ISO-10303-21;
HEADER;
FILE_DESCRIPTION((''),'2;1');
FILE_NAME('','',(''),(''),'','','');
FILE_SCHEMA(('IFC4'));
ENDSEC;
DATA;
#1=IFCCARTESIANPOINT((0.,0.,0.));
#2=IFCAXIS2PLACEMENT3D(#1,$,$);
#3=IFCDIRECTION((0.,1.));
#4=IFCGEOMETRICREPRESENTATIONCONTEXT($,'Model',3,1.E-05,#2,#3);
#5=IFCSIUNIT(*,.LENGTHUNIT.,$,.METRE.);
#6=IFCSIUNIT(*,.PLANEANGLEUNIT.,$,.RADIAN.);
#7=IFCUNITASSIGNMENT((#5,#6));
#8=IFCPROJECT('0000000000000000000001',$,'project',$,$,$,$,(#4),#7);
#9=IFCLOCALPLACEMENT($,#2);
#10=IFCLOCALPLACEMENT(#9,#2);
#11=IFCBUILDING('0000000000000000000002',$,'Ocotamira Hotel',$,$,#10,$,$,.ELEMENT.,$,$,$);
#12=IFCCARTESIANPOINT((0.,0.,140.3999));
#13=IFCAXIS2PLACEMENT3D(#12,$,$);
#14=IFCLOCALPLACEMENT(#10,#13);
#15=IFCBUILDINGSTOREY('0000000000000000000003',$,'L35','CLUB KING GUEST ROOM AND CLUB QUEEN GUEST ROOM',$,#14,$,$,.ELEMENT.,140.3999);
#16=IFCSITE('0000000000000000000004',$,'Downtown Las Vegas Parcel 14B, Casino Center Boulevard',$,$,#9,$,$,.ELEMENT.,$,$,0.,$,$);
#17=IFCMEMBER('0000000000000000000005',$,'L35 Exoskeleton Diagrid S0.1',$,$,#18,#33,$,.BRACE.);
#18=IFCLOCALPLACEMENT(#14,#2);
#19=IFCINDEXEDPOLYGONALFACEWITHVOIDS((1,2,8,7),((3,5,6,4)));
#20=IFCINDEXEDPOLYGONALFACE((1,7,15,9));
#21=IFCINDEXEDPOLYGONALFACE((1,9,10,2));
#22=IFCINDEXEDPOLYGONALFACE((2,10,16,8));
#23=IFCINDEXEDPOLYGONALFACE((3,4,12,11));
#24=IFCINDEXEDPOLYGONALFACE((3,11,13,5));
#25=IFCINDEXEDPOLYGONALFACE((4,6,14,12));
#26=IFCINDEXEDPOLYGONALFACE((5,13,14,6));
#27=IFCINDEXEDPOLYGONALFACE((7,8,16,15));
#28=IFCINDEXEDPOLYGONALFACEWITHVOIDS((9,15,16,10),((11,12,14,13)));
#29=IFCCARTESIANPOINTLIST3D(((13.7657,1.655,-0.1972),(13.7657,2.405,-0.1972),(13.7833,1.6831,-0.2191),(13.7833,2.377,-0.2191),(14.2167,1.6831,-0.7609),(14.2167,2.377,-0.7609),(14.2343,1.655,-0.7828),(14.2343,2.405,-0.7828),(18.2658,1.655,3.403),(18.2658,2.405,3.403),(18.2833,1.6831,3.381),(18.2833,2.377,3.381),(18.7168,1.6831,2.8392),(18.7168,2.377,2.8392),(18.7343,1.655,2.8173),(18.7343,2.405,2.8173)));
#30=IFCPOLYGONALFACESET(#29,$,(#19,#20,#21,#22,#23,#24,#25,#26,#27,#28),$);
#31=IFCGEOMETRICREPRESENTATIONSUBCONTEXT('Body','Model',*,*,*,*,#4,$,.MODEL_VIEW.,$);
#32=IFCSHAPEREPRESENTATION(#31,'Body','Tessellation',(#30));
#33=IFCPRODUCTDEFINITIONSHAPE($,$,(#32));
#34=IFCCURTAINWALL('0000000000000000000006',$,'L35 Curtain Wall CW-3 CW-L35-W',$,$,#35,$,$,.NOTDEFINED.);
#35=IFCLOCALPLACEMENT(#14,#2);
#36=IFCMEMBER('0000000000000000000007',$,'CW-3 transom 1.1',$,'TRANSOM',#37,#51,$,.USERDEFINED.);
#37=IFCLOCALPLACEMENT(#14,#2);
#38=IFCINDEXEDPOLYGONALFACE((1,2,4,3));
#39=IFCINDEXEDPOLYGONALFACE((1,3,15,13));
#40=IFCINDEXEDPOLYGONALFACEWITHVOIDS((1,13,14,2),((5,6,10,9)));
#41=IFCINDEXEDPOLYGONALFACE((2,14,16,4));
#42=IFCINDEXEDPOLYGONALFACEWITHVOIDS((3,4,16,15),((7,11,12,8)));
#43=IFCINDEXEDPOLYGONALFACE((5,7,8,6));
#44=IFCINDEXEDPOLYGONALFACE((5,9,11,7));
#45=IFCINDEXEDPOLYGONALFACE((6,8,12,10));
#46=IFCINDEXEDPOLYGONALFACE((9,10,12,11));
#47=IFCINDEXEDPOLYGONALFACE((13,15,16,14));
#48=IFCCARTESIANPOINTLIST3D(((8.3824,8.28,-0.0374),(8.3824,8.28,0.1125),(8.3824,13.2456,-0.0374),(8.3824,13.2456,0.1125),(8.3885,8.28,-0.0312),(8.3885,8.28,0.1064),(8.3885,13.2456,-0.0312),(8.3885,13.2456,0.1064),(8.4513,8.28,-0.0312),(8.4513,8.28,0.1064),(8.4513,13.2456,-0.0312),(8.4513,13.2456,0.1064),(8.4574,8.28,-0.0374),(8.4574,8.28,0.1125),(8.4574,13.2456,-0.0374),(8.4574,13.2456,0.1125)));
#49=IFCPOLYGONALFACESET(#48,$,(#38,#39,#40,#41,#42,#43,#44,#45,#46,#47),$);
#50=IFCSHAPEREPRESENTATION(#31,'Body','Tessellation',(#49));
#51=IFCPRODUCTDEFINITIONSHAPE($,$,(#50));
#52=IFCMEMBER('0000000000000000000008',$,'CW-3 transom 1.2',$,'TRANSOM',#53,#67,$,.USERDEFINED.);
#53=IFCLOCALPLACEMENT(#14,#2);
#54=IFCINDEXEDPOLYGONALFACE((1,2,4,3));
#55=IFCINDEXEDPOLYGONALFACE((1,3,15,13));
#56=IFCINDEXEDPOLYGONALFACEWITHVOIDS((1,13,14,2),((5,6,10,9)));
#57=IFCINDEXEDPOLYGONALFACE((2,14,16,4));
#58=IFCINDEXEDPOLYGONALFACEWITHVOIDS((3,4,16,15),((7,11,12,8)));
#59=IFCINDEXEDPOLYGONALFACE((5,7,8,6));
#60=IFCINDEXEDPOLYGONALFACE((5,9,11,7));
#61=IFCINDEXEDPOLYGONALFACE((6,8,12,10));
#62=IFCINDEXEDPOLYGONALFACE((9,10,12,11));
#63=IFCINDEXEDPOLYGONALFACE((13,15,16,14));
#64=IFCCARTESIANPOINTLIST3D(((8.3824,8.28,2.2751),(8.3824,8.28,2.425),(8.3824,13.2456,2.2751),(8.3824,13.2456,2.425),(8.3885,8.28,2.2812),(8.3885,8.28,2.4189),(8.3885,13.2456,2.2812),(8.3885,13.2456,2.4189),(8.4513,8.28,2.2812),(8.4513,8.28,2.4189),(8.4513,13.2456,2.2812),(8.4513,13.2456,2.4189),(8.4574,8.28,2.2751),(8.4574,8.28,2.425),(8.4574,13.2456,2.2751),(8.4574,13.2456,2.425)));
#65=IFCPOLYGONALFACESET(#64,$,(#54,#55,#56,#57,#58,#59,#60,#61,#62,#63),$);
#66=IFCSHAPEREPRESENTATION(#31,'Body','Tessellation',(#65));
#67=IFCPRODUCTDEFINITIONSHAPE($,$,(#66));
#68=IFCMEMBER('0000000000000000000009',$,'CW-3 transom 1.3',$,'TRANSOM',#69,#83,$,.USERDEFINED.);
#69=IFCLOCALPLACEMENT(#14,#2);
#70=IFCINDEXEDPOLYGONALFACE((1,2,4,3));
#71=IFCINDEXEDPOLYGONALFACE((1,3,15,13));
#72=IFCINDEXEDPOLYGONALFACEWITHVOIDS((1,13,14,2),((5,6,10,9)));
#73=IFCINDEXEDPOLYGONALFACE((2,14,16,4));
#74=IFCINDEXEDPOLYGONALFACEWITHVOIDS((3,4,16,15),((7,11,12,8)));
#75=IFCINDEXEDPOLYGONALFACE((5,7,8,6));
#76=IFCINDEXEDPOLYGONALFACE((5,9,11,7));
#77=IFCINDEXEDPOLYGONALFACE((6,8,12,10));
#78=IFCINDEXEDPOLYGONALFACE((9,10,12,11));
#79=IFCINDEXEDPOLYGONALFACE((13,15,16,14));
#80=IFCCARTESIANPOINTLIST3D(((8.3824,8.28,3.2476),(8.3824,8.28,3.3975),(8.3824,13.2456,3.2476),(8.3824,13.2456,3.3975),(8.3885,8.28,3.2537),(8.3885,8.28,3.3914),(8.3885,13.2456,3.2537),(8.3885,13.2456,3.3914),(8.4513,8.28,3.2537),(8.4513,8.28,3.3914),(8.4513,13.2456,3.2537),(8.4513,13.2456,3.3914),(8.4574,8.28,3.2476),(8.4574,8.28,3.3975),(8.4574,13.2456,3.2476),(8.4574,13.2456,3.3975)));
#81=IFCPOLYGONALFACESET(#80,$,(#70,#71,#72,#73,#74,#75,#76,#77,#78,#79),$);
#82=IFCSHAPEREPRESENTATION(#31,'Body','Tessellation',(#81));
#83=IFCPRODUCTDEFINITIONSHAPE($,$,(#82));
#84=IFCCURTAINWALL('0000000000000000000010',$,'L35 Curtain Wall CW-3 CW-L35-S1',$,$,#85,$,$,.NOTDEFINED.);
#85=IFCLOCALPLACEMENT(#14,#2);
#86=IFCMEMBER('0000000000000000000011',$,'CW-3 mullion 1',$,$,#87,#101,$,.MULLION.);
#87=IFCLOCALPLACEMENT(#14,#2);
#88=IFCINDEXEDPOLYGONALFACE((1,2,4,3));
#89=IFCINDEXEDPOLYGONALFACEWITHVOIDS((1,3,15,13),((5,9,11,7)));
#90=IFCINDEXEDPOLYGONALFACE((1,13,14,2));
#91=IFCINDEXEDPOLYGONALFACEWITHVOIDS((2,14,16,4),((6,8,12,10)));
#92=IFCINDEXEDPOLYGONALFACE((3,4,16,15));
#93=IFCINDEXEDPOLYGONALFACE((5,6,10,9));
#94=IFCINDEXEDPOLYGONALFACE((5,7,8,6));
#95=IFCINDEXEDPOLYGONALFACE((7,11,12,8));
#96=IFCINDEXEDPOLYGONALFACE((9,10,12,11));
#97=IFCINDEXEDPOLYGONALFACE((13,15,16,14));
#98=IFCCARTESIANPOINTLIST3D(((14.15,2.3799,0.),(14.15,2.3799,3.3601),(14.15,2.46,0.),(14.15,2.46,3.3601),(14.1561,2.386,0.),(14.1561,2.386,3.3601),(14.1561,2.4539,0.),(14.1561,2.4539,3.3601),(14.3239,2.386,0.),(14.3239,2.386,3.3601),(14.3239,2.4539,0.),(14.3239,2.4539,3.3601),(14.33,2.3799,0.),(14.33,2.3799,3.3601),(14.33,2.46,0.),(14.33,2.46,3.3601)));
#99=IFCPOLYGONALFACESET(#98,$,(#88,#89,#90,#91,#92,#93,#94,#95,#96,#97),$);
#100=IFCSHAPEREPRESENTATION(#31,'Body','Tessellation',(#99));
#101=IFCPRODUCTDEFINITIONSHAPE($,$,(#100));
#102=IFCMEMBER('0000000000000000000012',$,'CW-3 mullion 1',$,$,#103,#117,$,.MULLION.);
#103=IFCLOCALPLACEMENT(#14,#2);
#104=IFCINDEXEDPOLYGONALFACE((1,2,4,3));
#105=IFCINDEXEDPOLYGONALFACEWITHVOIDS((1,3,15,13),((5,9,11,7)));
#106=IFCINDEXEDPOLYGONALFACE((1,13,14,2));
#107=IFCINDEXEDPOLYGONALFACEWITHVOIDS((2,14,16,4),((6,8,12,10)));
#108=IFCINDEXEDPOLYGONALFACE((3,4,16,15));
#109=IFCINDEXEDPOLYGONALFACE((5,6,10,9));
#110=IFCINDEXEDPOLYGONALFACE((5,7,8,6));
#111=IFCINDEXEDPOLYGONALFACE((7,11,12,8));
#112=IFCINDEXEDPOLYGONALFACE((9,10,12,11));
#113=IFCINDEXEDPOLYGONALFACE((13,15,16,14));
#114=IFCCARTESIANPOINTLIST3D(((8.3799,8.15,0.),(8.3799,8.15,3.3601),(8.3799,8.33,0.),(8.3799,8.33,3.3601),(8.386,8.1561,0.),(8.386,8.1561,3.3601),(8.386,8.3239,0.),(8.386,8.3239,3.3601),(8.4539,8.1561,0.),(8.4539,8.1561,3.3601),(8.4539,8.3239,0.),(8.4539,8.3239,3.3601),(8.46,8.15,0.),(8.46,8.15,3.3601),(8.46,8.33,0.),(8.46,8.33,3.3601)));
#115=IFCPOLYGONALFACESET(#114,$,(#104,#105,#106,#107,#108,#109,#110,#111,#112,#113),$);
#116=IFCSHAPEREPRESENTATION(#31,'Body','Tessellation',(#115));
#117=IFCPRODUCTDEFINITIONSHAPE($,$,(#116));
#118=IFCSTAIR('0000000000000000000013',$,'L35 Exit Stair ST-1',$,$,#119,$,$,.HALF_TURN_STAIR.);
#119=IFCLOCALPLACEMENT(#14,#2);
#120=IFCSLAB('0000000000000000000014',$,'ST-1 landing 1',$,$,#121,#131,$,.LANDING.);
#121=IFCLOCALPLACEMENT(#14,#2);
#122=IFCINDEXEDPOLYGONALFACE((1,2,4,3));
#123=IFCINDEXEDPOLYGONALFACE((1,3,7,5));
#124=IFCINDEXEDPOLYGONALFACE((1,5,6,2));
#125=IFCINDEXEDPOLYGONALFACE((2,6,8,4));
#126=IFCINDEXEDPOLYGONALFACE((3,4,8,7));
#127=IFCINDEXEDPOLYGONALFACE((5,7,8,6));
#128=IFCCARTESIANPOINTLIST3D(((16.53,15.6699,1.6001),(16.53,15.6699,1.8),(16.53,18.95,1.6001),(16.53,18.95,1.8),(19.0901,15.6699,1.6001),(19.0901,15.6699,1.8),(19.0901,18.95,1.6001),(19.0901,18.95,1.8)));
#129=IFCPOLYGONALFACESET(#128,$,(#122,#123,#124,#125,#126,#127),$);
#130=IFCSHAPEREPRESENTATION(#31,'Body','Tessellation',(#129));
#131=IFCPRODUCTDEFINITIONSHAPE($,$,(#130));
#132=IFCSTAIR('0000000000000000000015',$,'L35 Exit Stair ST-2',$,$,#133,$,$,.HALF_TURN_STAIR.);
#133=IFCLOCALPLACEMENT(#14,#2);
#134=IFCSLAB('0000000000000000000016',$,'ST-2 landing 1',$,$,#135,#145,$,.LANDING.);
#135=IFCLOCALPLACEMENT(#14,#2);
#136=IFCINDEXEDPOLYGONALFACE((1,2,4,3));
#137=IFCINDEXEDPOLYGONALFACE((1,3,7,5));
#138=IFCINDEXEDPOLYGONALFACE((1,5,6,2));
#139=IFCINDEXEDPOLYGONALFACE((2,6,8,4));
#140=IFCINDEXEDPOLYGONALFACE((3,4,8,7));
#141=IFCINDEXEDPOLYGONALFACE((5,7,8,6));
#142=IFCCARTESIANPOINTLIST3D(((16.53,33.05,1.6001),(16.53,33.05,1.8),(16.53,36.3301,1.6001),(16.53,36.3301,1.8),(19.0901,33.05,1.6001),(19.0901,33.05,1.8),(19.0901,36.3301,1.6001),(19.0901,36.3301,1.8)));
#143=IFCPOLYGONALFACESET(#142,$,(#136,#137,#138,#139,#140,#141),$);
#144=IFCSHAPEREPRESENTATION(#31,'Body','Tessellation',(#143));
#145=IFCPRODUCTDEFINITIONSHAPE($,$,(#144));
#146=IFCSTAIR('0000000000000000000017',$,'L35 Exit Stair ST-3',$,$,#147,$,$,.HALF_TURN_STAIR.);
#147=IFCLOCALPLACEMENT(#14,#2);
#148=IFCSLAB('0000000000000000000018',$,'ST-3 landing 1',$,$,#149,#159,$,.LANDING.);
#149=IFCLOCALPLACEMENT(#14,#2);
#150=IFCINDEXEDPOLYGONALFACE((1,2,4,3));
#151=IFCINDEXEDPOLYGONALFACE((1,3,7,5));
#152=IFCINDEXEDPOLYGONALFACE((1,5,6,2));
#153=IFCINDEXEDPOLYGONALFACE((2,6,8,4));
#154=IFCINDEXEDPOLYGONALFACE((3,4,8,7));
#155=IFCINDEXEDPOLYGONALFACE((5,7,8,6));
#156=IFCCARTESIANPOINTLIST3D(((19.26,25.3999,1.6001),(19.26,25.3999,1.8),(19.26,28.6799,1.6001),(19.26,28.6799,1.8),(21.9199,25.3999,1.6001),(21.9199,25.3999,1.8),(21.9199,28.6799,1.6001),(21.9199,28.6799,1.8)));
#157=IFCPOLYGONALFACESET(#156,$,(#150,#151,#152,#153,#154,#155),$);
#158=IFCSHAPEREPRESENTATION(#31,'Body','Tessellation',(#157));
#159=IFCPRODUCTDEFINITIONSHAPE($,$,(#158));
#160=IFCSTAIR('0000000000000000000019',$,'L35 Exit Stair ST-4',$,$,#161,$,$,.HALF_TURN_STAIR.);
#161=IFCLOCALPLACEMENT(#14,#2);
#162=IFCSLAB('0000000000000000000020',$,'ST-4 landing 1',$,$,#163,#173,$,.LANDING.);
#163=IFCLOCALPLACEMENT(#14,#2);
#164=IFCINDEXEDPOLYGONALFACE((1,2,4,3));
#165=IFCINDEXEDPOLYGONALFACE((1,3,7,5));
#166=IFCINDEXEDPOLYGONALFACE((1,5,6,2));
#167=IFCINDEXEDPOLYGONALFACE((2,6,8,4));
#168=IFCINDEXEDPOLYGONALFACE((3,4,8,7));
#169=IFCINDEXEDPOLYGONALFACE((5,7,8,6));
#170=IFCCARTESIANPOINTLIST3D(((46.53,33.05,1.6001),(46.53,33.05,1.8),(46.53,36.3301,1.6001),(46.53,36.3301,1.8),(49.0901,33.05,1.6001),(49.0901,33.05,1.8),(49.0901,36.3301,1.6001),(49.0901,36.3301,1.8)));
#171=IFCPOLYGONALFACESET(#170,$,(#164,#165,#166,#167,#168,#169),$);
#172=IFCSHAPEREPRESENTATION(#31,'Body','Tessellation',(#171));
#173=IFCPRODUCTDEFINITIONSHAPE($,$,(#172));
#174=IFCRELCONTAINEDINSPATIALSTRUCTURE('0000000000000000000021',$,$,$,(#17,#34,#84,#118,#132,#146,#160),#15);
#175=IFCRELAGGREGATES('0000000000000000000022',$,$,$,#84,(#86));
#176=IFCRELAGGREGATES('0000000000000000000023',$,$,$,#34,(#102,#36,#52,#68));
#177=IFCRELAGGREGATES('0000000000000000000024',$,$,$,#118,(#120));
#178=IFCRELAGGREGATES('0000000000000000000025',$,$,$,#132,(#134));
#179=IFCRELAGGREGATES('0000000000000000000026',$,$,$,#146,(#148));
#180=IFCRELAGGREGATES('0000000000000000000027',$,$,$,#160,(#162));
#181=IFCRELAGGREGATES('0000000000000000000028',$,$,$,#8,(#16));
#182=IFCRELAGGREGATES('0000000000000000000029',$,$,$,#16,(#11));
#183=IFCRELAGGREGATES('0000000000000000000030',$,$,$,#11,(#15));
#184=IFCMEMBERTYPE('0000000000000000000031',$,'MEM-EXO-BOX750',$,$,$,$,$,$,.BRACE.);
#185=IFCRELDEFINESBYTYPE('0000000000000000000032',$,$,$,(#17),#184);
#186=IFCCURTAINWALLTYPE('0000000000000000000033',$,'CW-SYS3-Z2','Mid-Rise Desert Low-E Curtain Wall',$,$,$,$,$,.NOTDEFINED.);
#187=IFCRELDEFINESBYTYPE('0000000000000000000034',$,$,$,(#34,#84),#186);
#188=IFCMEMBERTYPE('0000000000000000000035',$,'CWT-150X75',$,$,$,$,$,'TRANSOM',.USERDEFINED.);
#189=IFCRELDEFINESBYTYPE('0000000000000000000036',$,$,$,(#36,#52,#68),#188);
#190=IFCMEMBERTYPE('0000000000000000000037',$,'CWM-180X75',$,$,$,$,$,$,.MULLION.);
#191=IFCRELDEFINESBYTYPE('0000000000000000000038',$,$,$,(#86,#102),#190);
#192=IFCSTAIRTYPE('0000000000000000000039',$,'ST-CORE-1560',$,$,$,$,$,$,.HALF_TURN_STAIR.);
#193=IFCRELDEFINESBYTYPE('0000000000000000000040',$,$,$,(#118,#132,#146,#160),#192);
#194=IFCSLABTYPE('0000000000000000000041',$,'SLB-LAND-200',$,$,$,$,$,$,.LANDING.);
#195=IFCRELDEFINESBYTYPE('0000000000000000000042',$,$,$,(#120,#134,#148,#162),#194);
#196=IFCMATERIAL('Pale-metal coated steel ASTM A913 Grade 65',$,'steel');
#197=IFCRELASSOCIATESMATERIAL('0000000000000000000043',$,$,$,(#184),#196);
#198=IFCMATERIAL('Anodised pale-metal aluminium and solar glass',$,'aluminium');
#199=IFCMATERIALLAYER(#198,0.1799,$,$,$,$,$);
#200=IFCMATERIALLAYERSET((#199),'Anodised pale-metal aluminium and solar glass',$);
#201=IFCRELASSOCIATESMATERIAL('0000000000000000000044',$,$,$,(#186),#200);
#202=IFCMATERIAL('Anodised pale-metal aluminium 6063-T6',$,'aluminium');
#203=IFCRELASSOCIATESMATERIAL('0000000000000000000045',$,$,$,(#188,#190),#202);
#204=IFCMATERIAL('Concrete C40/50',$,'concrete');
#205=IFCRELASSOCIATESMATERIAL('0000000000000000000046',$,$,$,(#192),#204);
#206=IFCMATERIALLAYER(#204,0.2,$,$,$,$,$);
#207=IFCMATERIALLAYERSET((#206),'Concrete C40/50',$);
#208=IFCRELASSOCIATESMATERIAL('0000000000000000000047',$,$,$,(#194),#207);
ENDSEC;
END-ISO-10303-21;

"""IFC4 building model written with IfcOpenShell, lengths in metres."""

from ifc_helpers import new_model, si_unit, direction, frame, origin, origin_2d, place, context, subcontext, project, spatial, polyline, hollow_rectangle, outline, extrude, source, transform, mapped, material, layer, layer_set, material_profile, profile_set, type_object, element, aggregate, save


model = new_model("IFC4")

# Units and contexts
model_context = context("Model", 3, precision=1e-05, world=origin(), true_north=direction((0.0, 1.0)))
body_context = subcontext(model_context, "Body", "Model", "MODEL_VIEW")
ifc_project = project(units=[si_unit("LENGTHUNIT", "METRE"), si_unit("PLANEANGLEUNIT", "RADIAN")], contexts=[model_context])

# Site, building, storey
site_placement = place(None, origin())
site = spatial("IfcSite", under=ifc_project, at=site_placement, Name="Downtown Las Vegas Parcel 14B, Casino Center Boulevard", CompositionType="ELEMENT", RefElevation=0.0)
building_placement = place(site_placement, origin())
building = spatial("IfcBuilding", under=site, at=building_placement, Name="Ocotamira Hotel", CompositionType="ELEMENT")
storey_placement = place(building_placement, frame((0.0, 0.0, 140.3999)))
storey = spatial("IfcBuildingStorey", under=building, at=storey_placement, Name="L35", Description="CLUB KING GUEST ROOM AND CLUB QUEEN GUEST ROOM", CompositionType="ELEMENT", Elevation=140.3999)

# Member
ifc_material_1 = material(Name="Pale-metal coated steel ASTM A913 Grade 65", Category="steel")
ifc_material_profile_1 = material_profile(ifc_material_1, hollow_rectangle(XDim=0.75, YDim=0.75, WallThickness=0.0281, at=origin_2d()), Name="BOX750X750X28")
ifc_profile_set_1 = profile_set([ifc_material_profile_1], Name="Pale-metal coated steel ASTM A913 Grade 65")
member_type_1 = type_object("IfcMemberType", Name="MEM-EXO-BOX750", PredefinedType="BRACE", material=ifc_profile_set_1)
shared_shape_1 = source(origin(), body_context, "Body", "SweptSolid", [
    extrude(hollow_rectangle(XDim=0.75, YDim=0.75, WallThickness=0.0281, at=origin_2d()), origin(), (0.0, 0.0, 1.0), 5.7629),
])
member_1_placement = place(storey_placement, frame((14.0, 2.03, -0.49), z_axis=(0.780861, 0.0, 0.624705), x_axis=(0.0, 1.0, 0.0)))
element("IfcMember", 1, at=member_1_placement, inside=storey, type_object=member_type_1, Name="L35 Exoskeleton Diagrid S0.1", PredefinedType="BRACE", context=body_context, shape_type="MappedRepresentation", body=[
    mapped(shared_shape_1, transform((0.0, 0.0, 0.0), scale=1.0)),
])

# Curtain wall, members
ifc_material_2 = material(Name="Anodised pale-metal aluminium and solar glass", Category="aluminium")
ifc_layer_1 = layer(ifc_material_2, 0.1799)
ifc_layer_set_1 = layer_set([ifc_layer_1], Name="Anodised pale-metal aluminium and solar glass")
curtain_wall_type = type_object("IfcCurtainWallType", Name="CW-SYS3-Z2", Description="Mid-Rise Desert Low-E Curtain Wall", PredefinedType="NOTDEFINED", material=ifc_layer_set_1)
curtain_wall_1_placement = place(storey_placement, origin())
curtain_wall_1 = element("IfcCurtainWall", 2, at=curtain_wall_1_placement, inside=storey, type_object=curtain_wall_type, Name="L35 Curtain Wall CW-3 CW-L35-W", PredefinedType="NOTDEFINED")
ifc_material_3 = material(Name="Anodised pale-metal aluminium 6063-T6", Category="aluminium")
ifc_material_profile_2 = material_profile(ifc_material_3, hollow_rectangle(XDim=0.075, YDim=0.1499, WallThickness=0.0061, at=origin_2d()), Name="HSS150X75X6")
ifc_profile_set_2 = profile_set([ifc_material_profile_2], Name="Anodised pale-metal aluminium 6063-T6")
member_type_2 = type_object("IfcMemberType", Name="CWT-150X75", ElementType="TRANSOM", PredefinedType="USERDEFINED", material=ifc_profile_set_2)
shared_shape_2 = source(origin(), body_context, "Body", "SweptSolid", [
    extrude(hollow_rectangle(XDim=0.075, YDim=0.1499, WallThickness=0.0061, at=origin_2d()), origin(), (0.0, 0.0, 1.0), 4.9656),
])
member_2_placement = place(storey_placement, frame((8.4199, 8.28, 0.0376), z_axis=(0.0, 1.0, 0.0), x_axis=(-1.0, 0.0, 0.0)))
member_2 = element("IfcMember", 3, at=member_2_placement, type_object=member_type_2, Name="CW-3 transom 1.1", ObjectType="TRANSOM", PredefinedType="USERDEFINED", context=body_context, shape_type="MappedRepresentation", body=[
    mapped(shared_shape_2, transform((0.0, 0.0, 0.0), scale=1.0)),
])
member_3_placement = place(storey_placement, frame((8.4199, 8.28, 2.3501), z_axis=(0.0, 1.0, 0.0), x_axis=(-1.0, 0.0, 0.0)))
member_3 = element("IfcMember", 4, at=member_3_placement, type_object=member_type_2, Name="CW-3 transom 1.2", ObjectType="TRANSOM", PredefinedType="USERDEFINED", context=body_context, shape_type="MappedRepresentation", body=[
    mapped(shared_shape_2, transform((0.0, 0.0, 0.0), scale=1.0)),
])
member_4_placement = place(storey_placement, frame((8.4199, 8.28, 3.3225), z_axis=(0.0, 1.0, 0.0), x_axis=(-1.0, 0.0, 0.0)))
member_4 = element("IfcMember", 5, at=member_4_placement, type_object=member_type_2, Name="CW-3 transom 1.3", ObjectType="TRANSOM", PredefinedType="USERDEFINED", context=body_context, shape_type="MappedRepresentation", body=[
    mapped(shared_shape_2, transform((0.0, 0.0, 0.0), scale=1.0)),
])

# Curtain wall, member
curtain_wall_2_placement = place(storey_placement, origin())
curtain_wall_2 = element("IfcCurtainWall", 6, at=curtain_wall_2_placement, inside=storey, type_object=curtain_wall_type, Name="L35 Curtain Wall CW-3 CW-L35-S1", PredefinedType="NOTDEFINED")
ifc_material_profile_3 = material_profile(ifc_material_3, hollow_rectangle(XDim=0.0801, YDim=0.1799, WallThickness=0.0061, at=origin_2d()), Name="HSS180X80X6")
ifc_profile_set_3 = profile_set([ifc_material_profile_3], Name="Anodised pale-metal aluminium 6063-T6")
member_type_3 = type_object("IfcMemberType", Name="CWM-180X75", PredefinedType="MULLION", material=ifc_profile_set_3)
shared_shape_3 = source(origin(), body_context, "Body", "SweptSolid", [
    extrude(hollow_rectangle(XDim=0.0801, YDim=0.1799, WallThickness=0.0061, at=origin_2d()), origin(), (0.0, 0.0, 1.0), 3.3601),
])
member_5_placement = place(storey_placement, frame((14.24, 2.4199, 0.0), z_axis=(0.0, 0.0, 1.0), x_axis=(0.0, 1.0, 0.0)))
member_5 = element("IfcMember", 7, at=member_5_placement, type_object=member_type_3, Name="CW-3 mullion 1", PredefinedType="MULLION", context=body_context, shape_type="MappedRepresentation", body=[
    mapped(shared_shape_3, transform((0.0, 0.0, 0.0), scale=1.0)),
])
aggregate(curtain_wall_2, [member_5])

# Member
member_6_placement = place(storey_placement, frame((8.4199, 8.24, 0.0), z_axis=(0.0, 0.0, 1.0), x_axis=(-1.0, 0.0, 0.0)))
member_6 = element("IfcMember", 8, at=member_6_placement, type_object=member_type_3, Name="CW-3 mullion 1", PredefinedType="MULLION", context=body_context, shape_type="MappedRepresentation", body=[
    mapped(shared_shape_3, transform((0.0, 0.0, 0.0), scale=1.0)),
])
aggregate(curtain_wall_1, [member_6, member_2, member_3, member_4])

# Stairs, slabs
ifc_material_4 = material(Name="Concrete C40/50", Category="concrete")
stair_type = type_object("IfcStairType", Name="ST-CORE-1560", PredefinedType="HALF_TURN_STAIR", material=ifc_material_4)
stair_1_placement = place(storey_placement, origin())
stair_1 = element("IfcStair", 9, at=stair_1_placement, inside=storey, type_object=stair_type, Name="L35 Exit Stair ST-1", PredefinedType="HALF_TURN_STAIR")
ifc_layer_2 = layer(ifc_material_4, 0.2)
ifc_layer_set_2 = layer_set([ifc_layer_2], Name="Concrete C40/50")
slab_type_1 = type_object("IfcSlabType", Name="SLB-LAND-200", PredefinedType="LANDING", material=ifc_layer_set_2)
slab_1_placement = place(storey_placement, frame((0.0, 0.0, 1.6001)))
slab_1 = element("IfcSlab", 10, at=slab_1_placement, type_object=slab_type_1, Name="ST-1 landing 1", PredefinedType="LANDING", context=body_context, shape_type="SweptSolid", body=[
    extrude(outline(polyline([(16.53, 15.6699), (19.0901, 15.6699), (19.0901, 18.95), (16.53, 18.95), (16.53, 15.6699)])), origin(), (0.0, 0.0, 1.0), 0.2),
])
aggregate(stair_1, [slab_1])
stair_2_placement = place(storey_placement, origin())
stair_2 = element("IfcStair", 11, at=stair_2_placement, inside=storey, type_object=stair_type, Name="L35 Exit Stair ST-2", PredefinedType="HALF_TURN_STAIR")
slab_2_placement = place(storey_placement, frame((0.0, 0.0, 1.6001)))
slab_2 = element("IfcSlab", 12, at=slab_2_placement, type_object=slab_type_1, Name="ST-2 landing 1", PredefinedType="LANDING", context=body_context, shape_type="SweptSolid", body=[
    extrude(outline(polyline([(16.53, 33.05), (19.0901, 33.05), (19.0901, 36.3301), (16.53, 36.3301), (16.53, 33.05)])), origin(), (0.0, 0.0, 1.0), 0.2),
])
aggregate(stair_2, [slab_2])
stair_3_placement = place(storey_placement, origin())
stair_3 = element("IfcStair", 13, at=stair_3_placement, inside=storey, type_object=stair_type, Name="L35 Exit Stair ST-3", PredefinedType="HALF_TURN_STAIR")
slab_3_placement = place(storey_placement, frame((0.0, 0.0, 1.6001)))
slab_3 = element("IfcSlab", 14, at=slab_3_placement, type_object=slab_type_1, Name="ST-3 landing 1", PredefinedType="LANDING", context=body_context, shape_type="SweptSolid", body=[
    extrude(outline(polyline([(19.26, 25.3999), (21.9199, 25.3999), (21.9199, 28.6799), (19.26, 28.6799), (19.26, 25.3999)])), origin(), (0.0, 0.0, 1.0), 0.2),
])
aggregate(stair_3, [slab_3])
stair_4_placement = place(storey_placement, origin())
stair_4 = element("IfcStair", 15, at=stair_4_placement, inside=storey, type_object=stair_type, Name="L35 Exit Stair ST-4", PredefinedType="HALF_TURN_STAIR")
slab_4_placement = place(storey_placement, frame((0.0, 0.0, 1.6001)))
slab_4 = element("IfcSlab", 16, at=slab_4_placement, type_object=slab_type_1, Name="ST-4 landing 1", PredefinedType="LANDING", context=body_context, shape_type="SweptSolid", body=[
    extrude(outline(polyline([(46.53, 33.05), (49.0901, 33.05), (49.0901, 36.3301), (46.53, 36.3301), (46.53, 33.05)])), origin(), (0.0, 0.0, 1.0), 0.2),
])
aggregate(stair_4, [slab_4])

save(model, "model.ifc")
